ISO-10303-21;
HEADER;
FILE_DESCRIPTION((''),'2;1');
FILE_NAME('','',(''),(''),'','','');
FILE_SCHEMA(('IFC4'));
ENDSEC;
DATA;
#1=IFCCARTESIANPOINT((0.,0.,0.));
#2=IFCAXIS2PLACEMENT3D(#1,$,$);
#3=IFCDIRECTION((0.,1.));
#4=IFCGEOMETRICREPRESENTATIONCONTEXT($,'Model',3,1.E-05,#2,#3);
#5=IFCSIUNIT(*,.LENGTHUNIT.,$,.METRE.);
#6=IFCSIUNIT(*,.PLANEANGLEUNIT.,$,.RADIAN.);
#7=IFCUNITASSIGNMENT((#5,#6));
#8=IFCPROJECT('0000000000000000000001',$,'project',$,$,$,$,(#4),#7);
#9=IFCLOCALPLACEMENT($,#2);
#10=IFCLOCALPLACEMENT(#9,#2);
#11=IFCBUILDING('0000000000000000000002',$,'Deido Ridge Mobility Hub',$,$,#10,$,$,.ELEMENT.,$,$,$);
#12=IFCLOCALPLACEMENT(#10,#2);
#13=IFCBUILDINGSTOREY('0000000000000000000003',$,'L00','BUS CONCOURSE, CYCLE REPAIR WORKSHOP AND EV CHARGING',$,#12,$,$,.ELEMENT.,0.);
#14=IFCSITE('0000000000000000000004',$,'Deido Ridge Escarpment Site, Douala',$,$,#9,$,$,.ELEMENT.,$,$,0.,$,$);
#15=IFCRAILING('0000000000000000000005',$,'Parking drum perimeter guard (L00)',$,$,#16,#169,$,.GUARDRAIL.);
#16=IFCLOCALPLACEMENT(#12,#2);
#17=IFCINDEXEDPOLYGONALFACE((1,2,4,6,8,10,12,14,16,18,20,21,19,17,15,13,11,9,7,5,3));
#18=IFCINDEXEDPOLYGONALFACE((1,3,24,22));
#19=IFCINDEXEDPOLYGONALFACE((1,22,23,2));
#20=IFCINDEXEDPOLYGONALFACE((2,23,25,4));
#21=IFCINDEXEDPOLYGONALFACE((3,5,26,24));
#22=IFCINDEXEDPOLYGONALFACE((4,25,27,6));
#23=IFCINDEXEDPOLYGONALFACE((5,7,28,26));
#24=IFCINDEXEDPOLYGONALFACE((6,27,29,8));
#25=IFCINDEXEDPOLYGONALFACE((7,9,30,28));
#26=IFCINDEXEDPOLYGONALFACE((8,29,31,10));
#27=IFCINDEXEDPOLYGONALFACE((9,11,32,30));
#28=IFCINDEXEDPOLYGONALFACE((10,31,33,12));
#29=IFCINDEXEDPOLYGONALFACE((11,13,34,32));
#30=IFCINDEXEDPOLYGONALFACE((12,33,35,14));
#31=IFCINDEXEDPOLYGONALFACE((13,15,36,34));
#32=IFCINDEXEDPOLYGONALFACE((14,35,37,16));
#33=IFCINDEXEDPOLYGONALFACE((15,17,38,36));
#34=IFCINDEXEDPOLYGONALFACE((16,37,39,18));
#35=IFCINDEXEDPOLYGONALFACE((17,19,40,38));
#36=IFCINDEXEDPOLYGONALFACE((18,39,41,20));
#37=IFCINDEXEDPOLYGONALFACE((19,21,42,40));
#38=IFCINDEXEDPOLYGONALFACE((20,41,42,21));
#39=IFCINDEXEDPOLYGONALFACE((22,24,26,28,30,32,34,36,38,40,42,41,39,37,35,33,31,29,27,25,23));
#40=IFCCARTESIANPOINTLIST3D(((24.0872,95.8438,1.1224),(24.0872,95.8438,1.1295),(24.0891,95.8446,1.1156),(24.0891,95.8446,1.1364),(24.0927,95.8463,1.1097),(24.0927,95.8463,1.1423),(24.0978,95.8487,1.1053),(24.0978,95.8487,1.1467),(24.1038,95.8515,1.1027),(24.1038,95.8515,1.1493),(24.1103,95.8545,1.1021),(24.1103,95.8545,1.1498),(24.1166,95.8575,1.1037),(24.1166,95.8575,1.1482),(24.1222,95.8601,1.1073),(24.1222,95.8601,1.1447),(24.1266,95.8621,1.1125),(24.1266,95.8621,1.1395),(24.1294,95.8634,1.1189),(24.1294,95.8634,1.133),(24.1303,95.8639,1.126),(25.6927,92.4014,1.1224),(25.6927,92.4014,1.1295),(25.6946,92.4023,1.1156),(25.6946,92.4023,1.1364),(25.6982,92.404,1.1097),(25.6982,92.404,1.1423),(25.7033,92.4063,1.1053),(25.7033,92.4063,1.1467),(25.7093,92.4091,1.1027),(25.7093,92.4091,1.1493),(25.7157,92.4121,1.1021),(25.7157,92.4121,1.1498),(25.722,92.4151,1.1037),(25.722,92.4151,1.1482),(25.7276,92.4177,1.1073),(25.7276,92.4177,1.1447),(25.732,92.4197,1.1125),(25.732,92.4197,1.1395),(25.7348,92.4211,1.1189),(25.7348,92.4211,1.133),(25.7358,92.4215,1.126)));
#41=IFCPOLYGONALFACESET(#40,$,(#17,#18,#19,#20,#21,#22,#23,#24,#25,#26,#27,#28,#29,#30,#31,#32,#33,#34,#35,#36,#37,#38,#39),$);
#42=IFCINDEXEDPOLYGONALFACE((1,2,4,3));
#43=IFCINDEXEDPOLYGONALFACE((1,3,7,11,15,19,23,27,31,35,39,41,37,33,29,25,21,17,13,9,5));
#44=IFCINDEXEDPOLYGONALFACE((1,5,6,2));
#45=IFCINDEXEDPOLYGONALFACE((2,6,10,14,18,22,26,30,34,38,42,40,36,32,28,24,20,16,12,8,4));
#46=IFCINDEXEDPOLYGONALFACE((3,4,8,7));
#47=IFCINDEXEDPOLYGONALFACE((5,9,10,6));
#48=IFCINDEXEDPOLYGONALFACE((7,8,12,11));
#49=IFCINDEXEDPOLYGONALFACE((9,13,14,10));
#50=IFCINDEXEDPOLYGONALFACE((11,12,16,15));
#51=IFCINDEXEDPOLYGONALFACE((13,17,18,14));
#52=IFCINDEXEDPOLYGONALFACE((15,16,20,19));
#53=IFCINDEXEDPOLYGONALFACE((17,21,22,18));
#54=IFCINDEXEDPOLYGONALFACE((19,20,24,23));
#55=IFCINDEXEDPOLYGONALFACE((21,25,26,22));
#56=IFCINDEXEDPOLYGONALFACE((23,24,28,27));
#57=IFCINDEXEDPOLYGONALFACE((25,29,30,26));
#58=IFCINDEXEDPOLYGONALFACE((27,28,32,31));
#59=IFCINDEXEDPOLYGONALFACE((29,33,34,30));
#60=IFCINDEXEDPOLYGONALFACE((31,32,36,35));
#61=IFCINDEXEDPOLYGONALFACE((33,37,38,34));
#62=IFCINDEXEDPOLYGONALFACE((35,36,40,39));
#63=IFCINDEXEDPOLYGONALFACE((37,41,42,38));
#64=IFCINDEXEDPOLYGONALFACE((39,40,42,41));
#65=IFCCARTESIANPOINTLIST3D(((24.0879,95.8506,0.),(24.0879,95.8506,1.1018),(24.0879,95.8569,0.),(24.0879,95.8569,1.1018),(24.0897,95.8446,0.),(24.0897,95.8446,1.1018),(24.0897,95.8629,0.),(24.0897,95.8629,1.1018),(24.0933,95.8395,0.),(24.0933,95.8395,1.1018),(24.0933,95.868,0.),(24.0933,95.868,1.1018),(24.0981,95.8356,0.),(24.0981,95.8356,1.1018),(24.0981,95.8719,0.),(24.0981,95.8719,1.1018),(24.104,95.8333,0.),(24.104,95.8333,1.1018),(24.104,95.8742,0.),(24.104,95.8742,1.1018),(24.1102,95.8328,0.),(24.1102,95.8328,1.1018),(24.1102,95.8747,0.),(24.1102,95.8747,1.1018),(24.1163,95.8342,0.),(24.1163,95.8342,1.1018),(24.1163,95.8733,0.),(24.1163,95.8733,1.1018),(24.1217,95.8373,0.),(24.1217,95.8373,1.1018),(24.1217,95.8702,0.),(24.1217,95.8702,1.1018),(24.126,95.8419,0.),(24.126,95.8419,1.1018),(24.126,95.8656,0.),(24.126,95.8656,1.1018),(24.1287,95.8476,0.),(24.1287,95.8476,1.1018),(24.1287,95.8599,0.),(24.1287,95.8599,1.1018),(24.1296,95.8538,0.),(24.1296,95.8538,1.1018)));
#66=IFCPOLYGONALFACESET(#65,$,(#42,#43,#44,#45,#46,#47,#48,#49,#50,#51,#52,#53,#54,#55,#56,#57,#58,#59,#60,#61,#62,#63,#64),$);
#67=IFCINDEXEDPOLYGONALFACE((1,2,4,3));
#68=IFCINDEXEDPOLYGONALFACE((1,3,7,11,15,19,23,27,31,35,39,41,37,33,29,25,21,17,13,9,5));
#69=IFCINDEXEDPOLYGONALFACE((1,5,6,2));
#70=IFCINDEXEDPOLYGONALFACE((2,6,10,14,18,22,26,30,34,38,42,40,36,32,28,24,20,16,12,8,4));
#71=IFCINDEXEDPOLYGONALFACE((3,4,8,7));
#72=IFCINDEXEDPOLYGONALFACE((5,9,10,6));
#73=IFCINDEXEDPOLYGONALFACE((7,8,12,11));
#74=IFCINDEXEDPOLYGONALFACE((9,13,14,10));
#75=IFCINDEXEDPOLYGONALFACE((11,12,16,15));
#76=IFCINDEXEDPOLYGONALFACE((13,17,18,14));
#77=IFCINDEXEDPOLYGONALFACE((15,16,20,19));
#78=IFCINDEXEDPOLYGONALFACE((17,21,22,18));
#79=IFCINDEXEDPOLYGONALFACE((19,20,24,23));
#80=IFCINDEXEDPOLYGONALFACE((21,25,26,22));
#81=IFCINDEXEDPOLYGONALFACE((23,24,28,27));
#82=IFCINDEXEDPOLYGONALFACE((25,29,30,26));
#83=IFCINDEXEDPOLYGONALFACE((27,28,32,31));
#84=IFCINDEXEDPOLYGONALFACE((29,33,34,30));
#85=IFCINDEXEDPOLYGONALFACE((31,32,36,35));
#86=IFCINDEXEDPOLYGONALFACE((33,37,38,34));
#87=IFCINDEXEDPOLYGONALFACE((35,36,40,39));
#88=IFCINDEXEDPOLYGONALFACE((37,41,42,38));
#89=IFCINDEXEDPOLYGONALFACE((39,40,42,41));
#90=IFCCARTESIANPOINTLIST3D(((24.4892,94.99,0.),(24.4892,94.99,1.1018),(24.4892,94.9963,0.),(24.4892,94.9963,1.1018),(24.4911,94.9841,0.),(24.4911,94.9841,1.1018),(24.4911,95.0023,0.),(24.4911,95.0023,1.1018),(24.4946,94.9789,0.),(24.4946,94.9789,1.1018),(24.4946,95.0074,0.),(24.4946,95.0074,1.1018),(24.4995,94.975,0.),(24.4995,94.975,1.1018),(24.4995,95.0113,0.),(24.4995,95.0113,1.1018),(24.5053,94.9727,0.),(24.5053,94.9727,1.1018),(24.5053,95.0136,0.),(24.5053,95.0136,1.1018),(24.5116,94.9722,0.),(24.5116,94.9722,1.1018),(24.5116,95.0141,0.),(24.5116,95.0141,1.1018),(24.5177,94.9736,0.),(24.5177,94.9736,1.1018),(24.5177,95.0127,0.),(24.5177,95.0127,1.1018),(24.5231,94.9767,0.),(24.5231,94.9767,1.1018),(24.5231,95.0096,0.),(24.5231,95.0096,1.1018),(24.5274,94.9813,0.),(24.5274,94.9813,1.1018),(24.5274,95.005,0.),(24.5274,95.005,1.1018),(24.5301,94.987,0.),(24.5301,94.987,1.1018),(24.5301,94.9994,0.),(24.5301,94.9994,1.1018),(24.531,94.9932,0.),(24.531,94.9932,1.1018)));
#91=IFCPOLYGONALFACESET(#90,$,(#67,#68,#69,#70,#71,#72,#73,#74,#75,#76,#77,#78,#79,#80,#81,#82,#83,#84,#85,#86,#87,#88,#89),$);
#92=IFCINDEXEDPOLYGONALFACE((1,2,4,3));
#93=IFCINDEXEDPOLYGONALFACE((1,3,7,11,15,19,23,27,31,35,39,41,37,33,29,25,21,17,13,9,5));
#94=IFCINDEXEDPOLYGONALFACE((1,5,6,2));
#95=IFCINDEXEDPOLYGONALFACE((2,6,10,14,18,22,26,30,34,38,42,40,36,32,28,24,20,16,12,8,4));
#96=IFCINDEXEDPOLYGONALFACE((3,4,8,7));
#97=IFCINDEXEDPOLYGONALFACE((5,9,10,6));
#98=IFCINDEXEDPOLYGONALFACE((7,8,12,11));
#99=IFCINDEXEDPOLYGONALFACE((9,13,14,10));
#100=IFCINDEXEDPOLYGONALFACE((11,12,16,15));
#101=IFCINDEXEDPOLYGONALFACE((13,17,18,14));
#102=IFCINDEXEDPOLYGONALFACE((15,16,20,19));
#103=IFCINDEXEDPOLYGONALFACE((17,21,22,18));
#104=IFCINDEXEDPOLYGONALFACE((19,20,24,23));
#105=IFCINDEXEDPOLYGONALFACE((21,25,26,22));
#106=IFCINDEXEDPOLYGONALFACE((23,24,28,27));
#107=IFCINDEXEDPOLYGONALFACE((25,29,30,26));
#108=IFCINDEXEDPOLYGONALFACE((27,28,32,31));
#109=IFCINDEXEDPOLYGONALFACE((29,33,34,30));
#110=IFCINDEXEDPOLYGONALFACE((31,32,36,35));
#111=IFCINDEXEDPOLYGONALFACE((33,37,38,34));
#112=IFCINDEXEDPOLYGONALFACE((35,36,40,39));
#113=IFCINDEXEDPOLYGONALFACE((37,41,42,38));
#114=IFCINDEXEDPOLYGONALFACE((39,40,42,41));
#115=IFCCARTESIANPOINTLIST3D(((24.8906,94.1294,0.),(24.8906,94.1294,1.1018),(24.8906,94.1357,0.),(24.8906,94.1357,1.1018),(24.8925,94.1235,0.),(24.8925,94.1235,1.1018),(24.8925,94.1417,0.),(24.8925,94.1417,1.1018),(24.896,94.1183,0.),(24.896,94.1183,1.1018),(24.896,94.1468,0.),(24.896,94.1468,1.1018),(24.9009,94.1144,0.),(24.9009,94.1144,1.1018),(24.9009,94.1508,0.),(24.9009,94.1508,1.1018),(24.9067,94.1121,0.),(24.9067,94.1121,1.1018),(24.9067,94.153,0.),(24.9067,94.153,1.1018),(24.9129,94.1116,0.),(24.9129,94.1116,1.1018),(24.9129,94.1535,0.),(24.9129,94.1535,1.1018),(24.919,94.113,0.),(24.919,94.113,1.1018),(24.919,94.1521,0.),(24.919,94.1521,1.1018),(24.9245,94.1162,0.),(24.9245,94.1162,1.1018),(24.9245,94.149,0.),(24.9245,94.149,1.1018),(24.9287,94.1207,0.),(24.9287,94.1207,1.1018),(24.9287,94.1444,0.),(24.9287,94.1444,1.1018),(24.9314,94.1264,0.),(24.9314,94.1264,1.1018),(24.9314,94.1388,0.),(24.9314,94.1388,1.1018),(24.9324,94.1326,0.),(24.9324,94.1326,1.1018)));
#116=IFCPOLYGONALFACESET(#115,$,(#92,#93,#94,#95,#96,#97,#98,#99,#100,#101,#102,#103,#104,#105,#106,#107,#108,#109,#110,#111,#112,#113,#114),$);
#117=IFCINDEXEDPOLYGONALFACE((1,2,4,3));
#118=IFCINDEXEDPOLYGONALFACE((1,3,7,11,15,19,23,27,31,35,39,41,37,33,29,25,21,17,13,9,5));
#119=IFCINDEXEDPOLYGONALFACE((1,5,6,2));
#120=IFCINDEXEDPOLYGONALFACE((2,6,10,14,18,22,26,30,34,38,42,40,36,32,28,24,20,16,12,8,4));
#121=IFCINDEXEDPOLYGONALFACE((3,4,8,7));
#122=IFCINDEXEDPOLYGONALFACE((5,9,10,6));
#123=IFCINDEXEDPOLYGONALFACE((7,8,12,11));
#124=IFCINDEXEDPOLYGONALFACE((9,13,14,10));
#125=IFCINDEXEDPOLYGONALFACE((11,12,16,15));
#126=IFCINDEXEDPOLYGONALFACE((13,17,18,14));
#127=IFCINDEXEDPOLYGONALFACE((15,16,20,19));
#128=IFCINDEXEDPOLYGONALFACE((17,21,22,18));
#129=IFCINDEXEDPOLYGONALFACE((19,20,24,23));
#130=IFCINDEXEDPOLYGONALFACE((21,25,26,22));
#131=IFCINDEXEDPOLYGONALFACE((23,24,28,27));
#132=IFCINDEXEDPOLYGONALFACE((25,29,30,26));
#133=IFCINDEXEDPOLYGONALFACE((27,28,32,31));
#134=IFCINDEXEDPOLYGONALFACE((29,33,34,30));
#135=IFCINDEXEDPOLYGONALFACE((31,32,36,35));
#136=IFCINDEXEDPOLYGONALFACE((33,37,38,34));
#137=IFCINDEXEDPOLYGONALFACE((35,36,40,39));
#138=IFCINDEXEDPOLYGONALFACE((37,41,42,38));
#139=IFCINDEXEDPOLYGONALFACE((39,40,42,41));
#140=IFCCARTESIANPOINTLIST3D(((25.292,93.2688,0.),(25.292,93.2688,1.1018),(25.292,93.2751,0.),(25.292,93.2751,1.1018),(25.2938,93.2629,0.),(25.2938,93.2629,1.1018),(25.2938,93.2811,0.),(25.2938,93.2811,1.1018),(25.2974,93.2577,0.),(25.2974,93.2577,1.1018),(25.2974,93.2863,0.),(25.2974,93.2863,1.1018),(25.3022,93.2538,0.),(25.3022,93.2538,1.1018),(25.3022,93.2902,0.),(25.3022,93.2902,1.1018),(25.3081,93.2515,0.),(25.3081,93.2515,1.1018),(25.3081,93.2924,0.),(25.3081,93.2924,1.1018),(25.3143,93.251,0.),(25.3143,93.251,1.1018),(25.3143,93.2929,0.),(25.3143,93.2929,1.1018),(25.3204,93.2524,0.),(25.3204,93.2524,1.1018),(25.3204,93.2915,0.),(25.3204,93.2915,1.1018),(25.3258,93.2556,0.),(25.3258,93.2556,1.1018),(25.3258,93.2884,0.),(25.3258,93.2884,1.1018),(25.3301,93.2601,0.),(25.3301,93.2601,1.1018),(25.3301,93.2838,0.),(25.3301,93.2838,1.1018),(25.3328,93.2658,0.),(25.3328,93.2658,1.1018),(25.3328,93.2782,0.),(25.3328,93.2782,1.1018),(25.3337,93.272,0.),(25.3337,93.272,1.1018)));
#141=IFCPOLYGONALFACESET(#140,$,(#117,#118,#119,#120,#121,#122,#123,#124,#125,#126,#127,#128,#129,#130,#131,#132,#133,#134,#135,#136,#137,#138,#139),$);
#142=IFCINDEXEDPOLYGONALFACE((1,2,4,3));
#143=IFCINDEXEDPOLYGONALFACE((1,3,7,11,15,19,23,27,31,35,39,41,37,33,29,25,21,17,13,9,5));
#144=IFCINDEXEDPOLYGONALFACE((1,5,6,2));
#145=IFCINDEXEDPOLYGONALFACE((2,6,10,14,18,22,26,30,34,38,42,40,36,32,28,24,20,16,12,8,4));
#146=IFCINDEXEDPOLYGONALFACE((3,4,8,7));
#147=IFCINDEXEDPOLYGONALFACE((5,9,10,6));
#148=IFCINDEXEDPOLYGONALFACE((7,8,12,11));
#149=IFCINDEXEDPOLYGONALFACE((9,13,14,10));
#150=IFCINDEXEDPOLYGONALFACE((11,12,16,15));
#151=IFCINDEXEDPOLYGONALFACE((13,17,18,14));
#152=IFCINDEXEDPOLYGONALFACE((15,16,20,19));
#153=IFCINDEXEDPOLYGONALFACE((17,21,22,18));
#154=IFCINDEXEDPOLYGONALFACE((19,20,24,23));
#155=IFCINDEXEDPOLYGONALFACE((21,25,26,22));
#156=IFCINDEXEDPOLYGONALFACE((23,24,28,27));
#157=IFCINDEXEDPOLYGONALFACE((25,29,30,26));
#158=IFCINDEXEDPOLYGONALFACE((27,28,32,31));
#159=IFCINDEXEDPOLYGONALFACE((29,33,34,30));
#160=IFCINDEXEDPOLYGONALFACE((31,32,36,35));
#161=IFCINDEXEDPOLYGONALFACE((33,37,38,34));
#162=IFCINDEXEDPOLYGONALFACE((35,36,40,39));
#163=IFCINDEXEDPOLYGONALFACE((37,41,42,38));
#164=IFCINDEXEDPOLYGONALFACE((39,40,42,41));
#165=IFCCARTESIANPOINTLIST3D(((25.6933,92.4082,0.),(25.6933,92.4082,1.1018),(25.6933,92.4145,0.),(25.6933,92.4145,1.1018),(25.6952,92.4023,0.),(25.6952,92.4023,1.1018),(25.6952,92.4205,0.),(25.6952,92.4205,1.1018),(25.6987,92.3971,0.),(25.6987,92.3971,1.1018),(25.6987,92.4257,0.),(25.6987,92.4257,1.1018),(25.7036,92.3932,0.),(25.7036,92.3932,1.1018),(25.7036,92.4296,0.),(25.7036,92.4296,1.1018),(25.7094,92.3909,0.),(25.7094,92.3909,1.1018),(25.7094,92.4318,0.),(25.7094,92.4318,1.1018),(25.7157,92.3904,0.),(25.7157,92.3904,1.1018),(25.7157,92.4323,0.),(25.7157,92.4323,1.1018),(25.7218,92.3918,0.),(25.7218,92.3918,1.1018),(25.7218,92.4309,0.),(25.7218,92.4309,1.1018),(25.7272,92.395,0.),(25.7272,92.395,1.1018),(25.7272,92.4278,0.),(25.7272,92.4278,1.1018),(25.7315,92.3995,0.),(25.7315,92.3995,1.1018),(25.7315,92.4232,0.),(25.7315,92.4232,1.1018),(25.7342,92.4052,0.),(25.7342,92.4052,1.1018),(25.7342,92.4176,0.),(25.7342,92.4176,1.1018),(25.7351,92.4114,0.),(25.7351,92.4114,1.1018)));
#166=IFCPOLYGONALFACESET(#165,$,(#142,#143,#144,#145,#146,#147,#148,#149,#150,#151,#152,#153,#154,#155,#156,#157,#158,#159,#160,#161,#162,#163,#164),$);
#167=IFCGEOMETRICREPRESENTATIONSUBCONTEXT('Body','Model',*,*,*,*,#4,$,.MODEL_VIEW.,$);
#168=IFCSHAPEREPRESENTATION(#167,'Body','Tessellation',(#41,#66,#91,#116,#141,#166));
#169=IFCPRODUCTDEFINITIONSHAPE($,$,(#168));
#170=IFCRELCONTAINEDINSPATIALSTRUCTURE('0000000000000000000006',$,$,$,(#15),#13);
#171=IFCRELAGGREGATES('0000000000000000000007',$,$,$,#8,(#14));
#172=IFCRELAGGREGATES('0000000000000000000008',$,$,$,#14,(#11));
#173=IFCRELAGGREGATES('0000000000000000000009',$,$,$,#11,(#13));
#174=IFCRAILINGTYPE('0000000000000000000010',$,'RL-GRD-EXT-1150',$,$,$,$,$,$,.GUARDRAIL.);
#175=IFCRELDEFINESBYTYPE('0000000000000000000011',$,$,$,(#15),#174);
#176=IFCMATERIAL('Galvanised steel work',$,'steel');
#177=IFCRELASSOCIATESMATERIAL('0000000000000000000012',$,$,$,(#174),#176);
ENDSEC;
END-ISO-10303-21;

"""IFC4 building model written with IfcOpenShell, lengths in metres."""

from ifc_helpers import new_model, si_unit, direction, frame, origin, origin_2d, place, context, subcontext, project, spatial, circle, extrude, material, type_object, element, save


model = new_model("IFC4")

# Units and contexts
model_context = context("Model", 3, precision=1e-05, world=origin(), true_north=direction((0.0, 1.0)))
body_context = subcontext(model_context, "Body", "Model", "MODEL_VIEW")
ifc_project = project(units=[si_unit("LENGTHUNIT", "METRE"), si_unit("PLANEANGLEUNIT", "RADIAN")], contexts=[model_context])

# Site, building, storey
site_placement = place(None, origin())
site = spatial("IfcSite", under=ifc_project, at=site_placement, Name="Deido Ridge Escarpment Site, Douala", CompositionType="ELEMENT", RefElevation=0.0)
building_placement = place(site_placement, origin())
building = spatial("IfcBuilding", under=site, at=building_placement, Name="Deido Ridge Mobility Hub", CompositionType="ELEMENT")
storey_placement = place(building_placement, origin())
storey = spatial("IfcBuildingStorey", under=building, at=storey_placement, Name="L00", Description="BUS CONCOURSE, CYCLE REPAIR WORKSHOP AND EV CHARGING", CompositionType="ELEMENT", Elevation=0.0)

# Railing
ifc_material_1 = material(Name="Galvanised steel work", Category="steel")
railing_type = type_object("IfcRailingType", Name="RL-GRD-EXT-1150", PredefinedType="GUARDRAIL", material=ifc_material_1)
railing_1_placement = place(storey_placement, frame((24.1086, 95.8538, 0.0)))
element("IfcRailing", 1, at=railing_1_placement, inside=storey, type_object=railing_type, Name="Parking drum perimeter guard (L00)", PredefinedType="GUARDRAIL", context=body_context, shape_type="SweptSolid", body=[
    extrude(circle(Radius=0.0239, at=origin_2d()), frame((0.0, 0.0, 1.126), z_axis=(0.422674, -0.906282, 0.0), x_axis=(0.906282, 0.422674, 0.0)), (0.0, 0.0, 1.0), 3.7983),
    extrude(circle(Radius=0.021, at=origin_2d()), origin(), (0.0, 0.0, 1.0), 1.1018),
    extrude(circle(Radius=0.021, at=origin_2d()), frame((0.4014, -0.8606, 0.0)), (0.0, 0.0, 1.0), 1.1018),
    extrude(circle(Radius=0.021, at=origin_2d()), frame((0.8027, -1.7212, 0.0)), (0.0, 0.0, 1.0), 1.1018),
    extrude(circle(Radius=0.021, at=origin_2d()), frame((1.2041, -2.5818, 0.0)), (0.0, 0.0, 1.0), 1.1018),
    extrude(circle(Radius=0.021, at=origin_2d()), frame((1.6055, -3.4424, 0.0)), (0.0, 0.0, 1.0), 1.1018),
])

save(model, "model.ifc")
